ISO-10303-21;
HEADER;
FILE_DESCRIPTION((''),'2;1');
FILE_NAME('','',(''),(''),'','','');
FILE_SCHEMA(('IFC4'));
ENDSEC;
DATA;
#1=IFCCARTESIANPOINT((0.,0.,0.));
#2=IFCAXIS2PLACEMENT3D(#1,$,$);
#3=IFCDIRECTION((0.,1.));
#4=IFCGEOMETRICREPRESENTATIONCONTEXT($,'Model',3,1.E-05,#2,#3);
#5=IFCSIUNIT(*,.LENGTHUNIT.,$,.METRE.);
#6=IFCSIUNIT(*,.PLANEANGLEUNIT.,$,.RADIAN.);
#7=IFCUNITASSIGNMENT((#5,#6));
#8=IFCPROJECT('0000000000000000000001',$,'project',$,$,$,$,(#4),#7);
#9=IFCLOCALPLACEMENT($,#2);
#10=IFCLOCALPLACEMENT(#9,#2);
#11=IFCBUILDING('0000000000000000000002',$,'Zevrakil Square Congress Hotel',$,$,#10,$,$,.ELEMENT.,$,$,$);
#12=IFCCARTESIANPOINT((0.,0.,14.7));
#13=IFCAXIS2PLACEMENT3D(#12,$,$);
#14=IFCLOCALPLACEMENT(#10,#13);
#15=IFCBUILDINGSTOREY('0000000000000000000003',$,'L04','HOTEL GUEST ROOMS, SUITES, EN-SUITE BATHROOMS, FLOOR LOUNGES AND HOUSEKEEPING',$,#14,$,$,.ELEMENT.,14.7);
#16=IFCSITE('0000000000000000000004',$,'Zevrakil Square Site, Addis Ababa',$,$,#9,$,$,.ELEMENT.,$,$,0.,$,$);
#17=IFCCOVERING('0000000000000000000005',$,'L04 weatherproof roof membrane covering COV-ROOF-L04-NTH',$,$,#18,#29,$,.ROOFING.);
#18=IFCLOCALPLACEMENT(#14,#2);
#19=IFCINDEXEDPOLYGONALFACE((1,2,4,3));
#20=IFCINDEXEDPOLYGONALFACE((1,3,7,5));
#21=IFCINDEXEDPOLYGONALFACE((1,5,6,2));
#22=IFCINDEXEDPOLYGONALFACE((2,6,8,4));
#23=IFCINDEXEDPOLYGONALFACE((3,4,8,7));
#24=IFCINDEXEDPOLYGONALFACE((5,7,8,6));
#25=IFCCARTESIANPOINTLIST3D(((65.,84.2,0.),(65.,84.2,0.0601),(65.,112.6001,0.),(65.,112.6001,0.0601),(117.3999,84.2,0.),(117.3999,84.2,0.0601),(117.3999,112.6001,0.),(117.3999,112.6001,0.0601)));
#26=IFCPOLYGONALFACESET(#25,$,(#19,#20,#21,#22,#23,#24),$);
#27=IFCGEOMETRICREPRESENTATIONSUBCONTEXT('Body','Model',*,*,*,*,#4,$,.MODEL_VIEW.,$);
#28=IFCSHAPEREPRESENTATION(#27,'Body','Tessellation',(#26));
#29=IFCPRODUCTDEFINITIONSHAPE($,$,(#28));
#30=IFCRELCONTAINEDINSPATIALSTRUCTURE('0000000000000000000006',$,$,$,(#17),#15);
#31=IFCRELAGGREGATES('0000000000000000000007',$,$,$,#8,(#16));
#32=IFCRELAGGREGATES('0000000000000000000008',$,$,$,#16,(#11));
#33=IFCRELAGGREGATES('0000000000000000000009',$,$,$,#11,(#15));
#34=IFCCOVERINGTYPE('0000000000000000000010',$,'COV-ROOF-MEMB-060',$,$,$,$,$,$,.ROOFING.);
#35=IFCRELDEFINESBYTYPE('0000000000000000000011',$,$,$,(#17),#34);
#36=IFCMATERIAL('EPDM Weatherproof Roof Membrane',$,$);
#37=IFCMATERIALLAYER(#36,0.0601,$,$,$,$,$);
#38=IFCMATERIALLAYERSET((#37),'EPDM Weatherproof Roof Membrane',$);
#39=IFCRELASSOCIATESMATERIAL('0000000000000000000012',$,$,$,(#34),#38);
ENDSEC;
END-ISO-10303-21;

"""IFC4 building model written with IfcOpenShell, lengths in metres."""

from ifc_helpers import new_model, si_unit, direction, frame, origin, place, context, subcontext, project, spatial, polyline, outline, extrude, material, layer, layer_set, type_object, element, save


model = new_model("IFC4")

# Units and contexts
model_context = context("Model", 3, precision=1e-05, world=origin(), true_north=direction((0.0, 1.0)))
body_context = subcontext(model_context, "Body", "Model", "MODEL_VIEW")
ifc_project = project(units=[si_unit("LENGTHUNIT", "METRE"), si_unit("PLANEANGLEUNIT", "RADIAN")], contexts=[model_context])

# Site, building, storey
site_placement = place(None, origin())
site = spatial("IfcSite", under=ifc_project, at=site_placement, Name="Zevrakil Square Site, Addis Ababa", CompositionType="ELEMENT", RefElevation=0.0)
building_placement = place(site_placement, origin())
building = spatial("IfcBuilding", under=site, at=building_placement, Name="Zevrakil Square Congress Hotel", CompositionType="ELEMENT")
storey_placement = place(building_placement, frame((0.0, 0.0, 14.7)))
storey = spatial("IfcBuildingStorey", under=building, at=storey_placement, Name="L04", Description="HOTEL GUEST ROOMS, SUITES, EN-SUITE BATHROOMS, FLOOR LOUNGES AND HOUSEKEEPING", CompositionType="ELEMENT", Elevation=14.7)

# Covering
ifc_material_1 = material(Name="EPDM Weatherproof Roof Membrane")
ifc_layer_1 = layer(ifc_material_1, 0.0601)
ifc_layer_set_1 = layer_set([ifc_layer_1], Name="EPDM Weatherproof Roof Membrane")
covering_type_1 = type_object("IfcCoveringType", Name="COV-ROOF-MEMB-060", PredefinedType="ROOFING", material=ifc_layer_set_1)
covering_1_placement = place(storey_placement, origin())
element("IfcCovering", 1, at=covering_1_placement, inside=storey, type_object=covering_type_1, Name="L04 weatherproof roof membrane covering COV-ROOF-L04-NTH", PredefinedType="ROOFING", context=body_context, shape_type="SweptSolid", body=[
    extrude(outline(polyline([(65.0, 84.2), (117.3999, 84.2), (117.3999, 112.6001), (65.0, 112.6001), (65.0, 84.2)])), origin(), (0.0, 0.0, 1.0), 0.0601),
])

save(model, "model.ifc")
